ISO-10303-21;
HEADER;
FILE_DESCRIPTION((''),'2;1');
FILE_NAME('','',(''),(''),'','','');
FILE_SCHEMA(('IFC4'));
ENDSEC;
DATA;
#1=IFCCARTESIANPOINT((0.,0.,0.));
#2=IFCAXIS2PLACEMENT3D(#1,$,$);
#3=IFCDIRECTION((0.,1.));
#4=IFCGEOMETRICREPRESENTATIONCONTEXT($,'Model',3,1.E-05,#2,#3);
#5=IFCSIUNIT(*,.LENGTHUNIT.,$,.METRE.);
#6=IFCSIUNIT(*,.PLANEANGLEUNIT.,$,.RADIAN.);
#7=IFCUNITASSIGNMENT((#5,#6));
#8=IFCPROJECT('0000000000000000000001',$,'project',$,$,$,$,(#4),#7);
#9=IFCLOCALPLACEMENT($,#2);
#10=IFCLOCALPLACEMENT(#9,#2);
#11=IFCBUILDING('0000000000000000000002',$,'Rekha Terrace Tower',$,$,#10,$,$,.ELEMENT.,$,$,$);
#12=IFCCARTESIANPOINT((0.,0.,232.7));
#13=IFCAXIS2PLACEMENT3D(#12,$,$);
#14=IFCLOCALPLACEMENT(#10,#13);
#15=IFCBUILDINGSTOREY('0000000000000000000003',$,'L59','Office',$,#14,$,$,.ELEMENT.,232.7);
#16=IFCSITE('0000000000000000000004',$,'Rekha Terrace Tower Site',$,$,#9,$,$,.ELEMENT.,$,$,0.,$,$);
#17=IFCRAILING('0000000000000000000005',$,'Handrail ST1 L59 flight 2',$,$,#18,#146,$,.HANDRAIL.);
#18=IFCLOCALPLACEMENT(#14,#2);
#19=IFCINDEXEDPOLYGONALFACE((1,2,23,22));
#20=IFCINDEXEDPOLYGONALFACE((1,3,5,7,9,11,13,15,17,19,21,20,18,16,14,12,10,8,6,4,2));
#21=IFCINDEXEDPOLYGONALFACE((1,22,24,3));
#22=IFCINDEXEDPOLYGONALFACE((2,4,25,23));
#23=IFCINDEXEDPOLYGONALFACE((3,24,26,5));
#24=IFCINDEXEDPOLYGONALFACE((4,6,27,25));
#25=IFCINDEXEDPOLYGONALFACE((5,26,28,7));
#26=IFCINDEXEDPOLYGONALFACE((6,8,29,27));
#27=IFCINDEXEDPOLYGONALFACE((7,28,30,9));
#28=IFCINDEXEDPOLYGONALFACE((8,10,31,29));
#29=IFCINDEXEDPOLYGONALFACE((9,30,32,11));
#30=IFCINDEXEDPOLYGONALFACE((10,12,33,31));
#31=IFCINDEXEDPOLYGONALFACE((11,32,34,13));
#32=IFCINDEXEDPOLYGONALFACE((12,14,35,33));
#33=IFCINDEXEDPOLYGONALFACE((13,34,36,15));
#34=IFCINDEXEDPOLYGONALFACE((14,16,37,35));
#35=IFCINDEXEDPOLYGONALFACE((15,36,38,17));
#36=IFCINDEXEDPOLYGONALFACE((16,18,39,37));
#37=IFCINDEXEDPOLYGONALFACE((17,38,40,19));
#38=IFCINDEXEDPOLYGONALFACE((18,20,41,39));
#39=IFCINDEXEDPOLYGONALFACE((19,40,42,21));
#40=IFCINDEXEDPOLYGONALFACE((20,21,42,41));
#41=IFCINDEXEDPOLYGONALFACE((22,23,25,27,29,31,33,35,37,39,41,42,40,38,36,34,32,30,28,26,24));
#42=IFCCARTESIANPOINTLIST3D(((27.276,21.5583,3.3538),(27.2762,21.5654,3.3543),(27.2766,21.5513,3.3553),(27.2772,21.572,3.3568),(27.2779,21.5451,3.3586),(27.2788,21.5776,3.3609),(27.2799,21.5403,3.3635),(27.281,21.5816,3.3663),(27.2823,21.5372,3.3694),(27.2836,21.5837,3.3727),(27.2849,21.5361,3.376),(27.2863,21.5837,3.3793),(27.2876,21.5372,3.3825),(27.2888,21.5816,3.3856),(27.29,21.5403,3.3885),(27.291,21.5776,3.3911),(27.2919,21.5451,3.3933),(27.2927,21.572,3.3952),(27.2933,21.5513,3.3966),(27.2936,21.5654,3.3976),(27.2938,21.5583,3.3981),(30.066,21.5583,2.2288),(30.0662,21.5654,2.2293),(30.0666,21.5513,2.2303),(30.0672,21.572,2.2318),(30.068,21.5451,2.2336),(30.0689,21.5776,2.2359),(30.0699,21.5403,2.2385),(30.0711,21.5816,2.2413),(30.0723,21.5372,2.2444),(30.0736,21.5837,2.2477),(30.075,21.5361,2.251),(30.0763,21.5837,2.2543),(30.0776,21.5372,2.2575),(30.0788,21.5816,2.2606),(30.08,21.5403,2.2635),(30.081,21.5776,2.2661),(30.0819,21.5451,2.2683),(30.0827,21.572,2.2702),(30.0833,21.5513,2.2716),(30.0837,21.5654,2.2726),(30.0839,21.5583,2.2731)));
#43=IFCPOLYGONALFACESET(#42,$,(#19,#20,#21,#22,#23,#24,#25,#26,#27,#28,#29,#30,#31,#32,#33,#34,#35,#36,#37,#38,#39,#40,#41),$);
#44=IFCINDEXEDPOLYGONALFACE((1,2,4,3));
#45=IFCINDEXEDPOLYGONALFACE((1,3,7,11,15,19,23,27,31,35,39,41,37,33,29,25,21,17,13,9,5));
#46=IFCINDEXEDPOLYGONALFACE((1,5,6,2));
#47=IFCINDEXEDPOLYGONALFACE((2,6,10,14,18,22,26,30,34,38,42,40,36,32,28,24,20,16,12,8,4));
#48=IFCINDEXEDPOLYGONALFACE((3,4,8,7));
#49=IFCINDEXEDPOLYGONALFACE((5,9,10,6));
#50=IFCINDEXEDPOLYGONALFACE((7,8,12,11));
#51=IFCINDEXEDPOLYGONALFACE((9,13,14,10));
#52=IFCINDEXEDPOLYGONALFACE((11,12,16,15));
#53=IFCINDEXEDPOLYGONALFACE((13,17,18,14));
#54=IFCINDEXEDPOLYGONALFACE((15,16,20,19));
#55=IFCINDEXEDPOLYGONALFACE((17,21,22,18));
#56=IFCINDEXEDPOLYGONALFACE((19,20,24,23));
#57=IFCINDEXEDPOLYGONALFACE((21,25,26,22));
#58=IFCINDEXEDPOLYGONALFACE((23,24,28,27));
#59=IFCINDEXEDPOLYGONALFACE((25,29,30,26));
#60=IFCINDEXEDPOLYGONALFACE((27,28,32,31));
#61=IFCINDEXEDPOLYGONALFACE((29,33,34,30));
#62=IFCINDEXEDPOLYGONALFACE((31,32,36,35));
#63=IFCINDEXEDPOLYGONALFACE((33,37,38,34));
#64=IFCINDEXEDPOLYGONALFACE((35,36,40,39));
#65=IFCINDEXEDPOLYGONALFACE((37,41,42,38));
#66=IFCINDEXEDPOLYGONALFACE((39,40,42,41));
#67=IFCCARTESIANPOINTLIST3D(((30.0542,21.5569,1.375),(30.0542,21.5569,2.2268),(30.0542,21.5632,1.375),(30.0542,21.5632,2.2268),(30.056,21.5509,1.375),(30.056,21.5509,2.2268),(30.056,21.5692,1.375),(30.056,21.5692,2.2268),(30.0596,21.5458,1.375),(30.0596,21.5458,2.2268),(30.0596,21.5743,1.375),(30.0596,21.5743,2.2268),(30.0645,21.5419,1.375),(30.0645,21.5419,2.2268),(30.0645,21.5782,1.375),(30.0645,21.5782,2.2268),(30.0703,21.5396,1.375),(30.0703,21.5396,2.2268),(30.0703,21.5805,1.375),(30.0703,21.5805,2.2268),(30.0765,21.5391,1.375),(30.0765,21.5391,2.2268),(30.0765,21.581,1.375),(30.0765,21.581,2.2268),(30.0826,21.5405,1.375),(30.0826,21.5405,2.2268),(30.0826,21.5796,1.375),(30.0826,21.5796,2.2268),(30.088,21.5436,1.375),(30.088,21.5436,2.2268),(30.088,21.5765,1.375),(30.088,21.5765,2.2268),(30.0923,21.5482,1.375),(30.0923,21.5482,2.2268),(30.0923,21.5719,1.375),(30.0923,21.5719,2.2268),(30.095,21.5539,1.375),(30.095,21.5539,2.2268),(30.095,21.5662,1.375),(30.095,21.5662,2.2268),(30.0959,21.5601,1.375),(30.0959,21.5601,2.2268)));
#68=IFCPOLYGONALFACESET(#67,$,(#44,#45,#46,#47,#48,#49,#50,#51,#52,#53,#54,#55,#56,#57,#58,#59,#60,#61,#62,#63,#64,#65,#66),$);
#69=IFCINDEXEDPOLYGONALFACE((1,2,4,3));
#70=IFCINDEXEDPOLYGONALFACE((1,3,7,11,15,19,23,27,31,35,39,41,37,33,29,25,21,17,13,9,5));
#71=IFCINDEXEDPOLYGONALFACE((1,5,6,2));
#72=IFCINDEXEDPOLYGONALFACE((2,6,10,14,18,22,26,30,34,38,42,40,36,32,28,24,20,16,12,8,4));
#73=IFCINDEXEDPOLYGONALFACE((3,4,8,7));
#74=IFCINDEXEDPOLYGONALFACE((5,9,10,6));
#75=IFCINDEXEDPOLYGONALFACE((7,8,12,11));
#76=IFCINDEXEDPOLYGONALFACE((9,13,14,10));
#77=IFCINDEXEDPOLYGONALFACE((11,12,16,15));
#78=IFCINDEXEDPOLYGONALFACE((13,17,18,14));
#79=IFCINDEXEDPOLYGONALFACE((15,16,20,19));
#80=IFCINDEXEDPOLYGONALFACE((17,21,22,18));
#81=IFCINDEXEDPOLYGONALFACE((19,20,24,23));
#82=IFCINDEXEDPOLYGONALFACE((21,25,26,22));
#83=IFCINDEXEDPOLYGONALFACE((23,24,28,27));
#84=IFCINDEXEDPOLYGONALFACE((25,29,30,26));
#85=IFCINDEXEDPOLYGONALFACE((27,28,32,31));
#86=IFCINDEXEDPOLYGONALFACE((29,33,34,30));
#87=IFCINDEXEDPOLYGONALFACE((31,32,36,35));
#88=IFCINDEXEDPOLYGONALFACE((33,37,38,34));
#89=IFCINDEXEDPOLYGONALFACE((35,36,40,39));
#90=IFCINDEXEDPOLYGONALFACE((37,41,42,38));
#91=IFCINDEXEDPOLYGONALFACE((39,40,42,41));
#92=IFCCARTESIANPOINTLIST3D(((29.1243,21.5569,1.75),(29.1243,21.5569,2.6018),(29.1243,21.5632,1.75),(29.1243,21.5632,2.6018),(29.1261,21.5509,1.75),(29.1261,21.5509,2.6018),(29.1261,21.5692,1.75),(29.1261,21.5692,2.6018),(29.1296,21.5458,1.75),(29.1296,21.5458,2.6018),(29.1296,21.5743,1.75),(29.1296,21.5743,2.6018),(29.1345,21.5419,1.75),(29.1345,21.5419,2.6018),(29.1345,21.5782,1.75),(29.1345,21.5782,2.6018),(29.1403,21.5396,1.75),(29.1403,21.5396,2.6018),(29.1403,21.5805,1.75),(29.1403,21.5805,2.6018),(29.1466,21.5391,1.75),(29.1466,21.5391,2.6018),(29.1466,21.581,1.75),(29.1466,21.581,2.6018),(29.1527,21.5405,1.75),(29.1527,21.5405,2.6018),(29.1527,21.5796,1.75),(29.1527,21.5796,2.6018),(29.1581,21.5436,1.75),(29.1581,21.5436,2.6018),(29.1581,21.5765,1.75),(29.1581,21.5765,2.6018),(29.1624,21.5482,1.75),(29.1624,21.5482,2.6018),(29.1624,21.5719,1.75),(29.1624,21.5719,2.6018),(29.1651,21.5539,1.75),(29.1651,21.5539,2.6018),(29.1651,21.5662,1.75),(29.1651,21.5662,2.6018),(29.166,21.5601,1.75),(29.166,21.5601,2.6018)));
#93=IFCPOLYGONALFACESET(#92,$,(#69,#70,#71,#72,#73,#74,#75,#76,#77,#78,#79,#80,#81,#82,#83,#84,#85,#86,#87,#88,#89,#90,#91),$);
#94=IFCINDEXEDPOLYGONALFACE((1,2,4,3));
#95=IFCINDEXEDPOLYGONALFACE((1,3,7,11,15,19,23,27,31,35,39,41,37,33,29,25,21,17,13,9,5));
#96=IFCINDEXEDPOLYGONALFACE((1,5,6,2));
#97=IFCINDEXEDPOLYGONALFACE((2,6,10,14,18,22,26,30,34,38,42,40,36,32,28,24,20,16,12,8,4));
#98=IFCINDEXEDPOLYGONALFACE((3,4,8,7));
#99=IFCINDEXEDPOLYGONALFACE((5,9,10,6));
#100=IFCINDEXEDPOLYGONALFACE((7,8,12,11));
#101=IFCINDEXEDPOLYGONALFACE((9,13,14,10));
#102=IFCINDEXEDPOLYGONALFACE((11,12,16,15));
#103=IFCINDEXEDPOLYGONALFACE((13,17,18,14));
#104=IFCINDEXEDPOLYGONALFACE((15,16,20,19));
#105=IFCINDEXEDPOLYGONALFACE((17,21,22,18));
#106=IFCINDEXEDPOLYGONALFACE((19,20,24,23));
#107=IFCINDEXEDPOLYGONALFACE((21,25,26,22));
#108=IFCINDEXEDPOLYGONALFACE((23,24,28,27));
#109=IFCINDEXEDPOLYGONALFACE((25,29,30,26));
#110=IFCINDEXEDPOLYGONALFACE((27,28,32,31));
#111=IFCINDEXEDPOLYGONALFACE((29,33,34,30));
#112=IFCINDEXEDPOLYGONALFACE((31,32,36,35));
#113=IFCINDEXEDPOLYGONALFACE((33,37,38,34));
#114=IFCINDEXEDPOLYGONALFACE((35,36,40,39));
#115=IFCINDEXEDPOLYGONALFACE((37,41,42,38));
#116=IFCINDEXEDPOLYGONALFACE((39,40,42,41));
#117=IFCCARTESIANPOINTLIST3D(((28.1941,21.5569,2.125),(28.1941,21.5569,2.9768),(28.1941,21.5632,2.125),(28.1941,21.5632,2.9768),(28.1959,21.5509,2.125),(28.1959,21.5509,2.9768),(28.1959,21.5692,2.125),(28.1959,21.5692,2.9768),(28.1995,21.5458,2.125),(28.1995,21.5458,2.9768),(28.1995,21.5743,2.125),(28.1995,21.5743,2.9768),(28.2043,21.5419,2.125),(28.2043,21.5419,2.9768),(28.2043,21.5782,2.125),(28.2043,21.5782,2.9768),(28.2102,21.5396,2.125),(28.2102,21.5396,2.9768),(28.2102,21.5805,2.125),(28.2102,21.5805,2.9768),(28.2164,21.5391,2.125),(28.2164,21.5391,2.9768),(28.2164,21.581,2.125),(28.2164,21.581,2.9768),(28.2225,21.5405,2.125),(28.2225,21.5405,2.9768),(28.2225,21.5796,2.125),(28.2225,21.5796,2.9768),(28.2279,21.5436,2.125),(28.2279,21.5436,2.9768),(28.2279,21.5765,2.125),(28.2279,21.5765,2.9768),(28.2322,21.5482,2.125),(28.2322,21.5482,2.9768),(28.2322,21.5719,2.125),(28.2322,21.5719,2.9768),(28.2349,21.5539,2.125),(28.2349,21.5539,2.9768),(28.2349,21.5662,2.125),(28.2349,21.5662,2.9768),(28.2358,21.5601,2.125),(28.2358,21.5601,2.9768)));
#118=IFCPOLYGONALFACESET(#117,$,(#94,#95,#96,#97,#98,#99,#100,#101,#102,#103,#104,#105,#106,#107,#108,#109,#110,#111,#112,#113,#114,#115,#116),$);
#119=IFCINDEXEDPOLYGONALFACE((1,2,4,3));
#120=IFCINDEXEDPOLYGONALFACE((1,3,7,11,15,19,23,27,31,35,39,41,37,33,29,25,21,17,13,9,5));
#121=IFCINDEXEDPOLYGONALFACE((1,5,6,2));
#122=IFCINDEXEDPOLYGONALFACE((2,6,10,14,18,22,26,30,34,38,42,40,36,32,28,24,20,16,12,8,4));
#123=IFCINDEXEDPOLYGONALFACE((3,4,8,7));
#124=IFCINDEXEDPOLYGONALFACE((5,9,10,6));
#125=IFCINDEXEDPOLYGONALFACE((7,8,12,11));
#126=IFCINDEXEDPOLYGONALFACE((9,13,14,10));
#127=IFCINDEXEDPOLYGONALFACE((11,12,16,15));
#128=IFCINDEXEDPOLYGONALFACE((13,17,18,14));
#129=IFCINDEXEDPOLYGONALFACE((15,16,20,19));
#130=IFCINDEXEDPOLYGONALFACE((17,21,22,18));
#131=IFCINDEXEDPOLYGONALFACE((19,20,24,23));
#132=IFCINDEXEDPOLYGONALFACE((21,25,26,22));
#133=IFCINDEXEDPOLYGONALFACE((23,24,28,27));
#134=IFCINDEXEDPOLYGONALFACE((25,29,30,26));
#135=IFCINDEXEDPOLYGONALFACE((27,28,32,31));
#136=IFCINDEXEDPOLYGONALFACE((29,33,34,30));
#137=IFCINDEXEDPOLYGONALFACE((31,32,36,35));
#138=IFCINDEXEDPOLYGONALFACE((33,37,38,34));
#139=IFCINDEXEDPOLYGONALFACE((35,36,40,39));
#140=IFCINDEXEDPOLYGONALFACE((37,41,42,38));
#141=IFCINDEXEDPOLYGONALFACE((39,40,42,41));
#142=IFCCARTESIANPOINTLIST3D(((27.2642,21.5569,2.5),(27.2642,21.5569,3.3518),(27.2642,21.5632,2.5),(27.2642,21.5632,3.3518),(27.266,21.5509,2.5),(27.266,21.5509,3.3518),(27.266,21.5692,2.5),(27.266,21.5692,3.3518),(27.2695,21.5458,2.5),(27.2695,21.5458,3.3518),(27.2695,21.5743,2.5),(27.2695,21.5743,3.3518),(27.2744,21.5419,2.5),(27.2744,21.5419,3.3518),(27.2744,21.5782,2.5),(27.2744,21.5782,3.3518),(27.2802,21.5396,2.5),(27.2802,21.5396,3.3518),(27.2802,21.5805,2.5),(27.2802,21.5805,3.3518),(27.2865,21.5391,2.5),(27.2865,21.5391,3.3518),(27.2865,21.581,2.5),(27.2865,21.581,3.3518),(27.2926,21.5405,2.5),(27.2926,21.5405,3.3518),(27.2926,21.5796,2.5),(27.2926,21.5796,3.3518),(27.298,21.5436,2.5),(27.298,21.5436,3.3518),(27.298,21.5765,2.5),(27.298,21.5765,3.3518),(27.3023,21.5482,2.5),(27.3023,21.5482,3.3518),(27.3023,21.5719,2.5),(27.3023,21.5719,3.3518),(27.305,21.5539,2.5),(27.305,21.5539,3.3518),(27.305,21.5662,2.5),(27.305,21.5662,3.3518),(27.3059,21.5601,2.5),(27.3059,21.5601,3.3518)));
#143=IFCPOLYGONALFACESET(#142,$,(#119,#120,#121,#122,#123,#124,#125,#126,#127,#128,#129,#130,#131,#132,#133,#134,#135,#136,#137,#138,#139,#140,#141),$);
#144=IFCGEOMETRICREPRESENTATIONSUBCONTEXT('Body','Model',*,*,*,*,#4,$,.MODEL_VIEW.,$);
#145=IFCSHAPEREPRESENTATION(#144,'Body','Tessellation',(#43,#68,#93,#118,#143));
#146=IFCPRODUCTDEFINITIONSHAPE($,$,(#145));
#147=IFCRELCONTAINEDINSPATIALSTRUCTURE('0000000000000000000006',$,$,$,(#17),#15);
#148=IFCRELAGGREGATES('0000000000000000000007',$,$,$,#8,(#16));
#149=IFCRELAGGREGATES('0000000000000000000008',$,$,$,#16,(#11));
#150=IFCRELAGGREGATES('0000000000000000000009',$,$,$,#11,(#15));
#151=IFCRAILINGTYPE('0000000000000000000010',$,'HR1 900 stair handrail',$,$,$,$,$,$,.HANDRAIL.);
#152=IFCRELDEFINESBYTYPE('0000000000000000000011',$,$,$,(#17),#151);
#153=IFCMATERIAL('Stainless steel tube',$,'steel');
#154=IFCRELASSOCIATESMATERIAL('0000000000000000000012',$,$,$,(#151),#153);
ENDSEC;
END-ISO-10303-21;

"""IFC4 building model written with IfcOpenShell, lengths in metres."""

from ifc_helpers import new_model, si_unit, direction, frame, origin, origin_2d, place, context, subcontext, project, spatial, circle, extrude, material, type_object, element, save


model = new_model("IFC4")

# Units and contexts
model_context = context("Model", 3, precision=1e-05, world=origin(), true_north=direction((0.0, 1.0)))
body_context = subcontext(model_context, "Body", "Model", "MODEL_VIEW")
ifc_project = project(units=[si_unit("LENGTHUNIT", "METRE"), si_unit("PLANEANGLEUNIT", "RADIAN")], contexts=[model_context])

# Site, building, storey
site_placement = place(None, origin())
site = spatial("IfcSite", under=ifc_project, at=site_placement, Name="Rekha Terrace Tower Site", CompositionType="ELEMENT", RefElevation=0.0)
building_placement = place(site_placement, origin())
building = spatial("IfcBuilding", under=site, at=building_placement, Name="Rekha Terrace Tower", CompositionType="ELEMENT")
storey_placement = place(building_placement, frame((0.0, 0.0, 232.7)))
storey = spatial("IfcBuildingStorey", under=building, at=storey_placement, Name="L59", Description="Office", CompositionType="ELEMENT", Elevation=232.7)

# Railing
ifc_material_1 = material(Name="Stainless steel tube", Category="steel")
railing_type_1 = type_object("IfcRailingType", Name="HR1 900 stair handrail", PredefinedType="HANDRAIL", material=ifc_material_1)
railing_1_placement = place(storey_placement, frame((30.075, 21.5601, 1.375)))
element("IfcRailing", 1, at=railing_1_placement, inside=storey, type_object=railing_type_1, Name="Handrail ST1 L59 flight 2", PredefinedType="HANDRAIL", context=body_context, shape_type="SweptSolid", body=[
    extrude(circle(Radius=0.0239, at=origin_2d()), frame((0.0, 0.0, 0.876), z_axis=(-0.927443, 0.0, 0.373964), x_axis=(0.0, -1.0, 0.0)), (0.0, 0.0, 1.0), 3.0083),
    extrude(circle(Radius=0.021, at=origin_2d()), origin(), (0.0, 0.0, 1.0), 0.8518),
    extrude(circle(Radius=0.021, at=origin_2d()), frame((-0.9299, 0.0, 0.375)), (0.0, 0.0, 1.0), 0.8518),
    extrude(circle(Radius=0.021, at=origin_2d()), frame((-1.8601, 0.0, 0.75)), (0.0, 0.0, 1.0), 0.8518),
    extrude(circle(Radius=0.021, at=origin_2d()), frame((-2.79, 0.0, 1.125)), (0.0, 0.0, 1.0), 0.8518),
])

save(model, "model.ifc")
